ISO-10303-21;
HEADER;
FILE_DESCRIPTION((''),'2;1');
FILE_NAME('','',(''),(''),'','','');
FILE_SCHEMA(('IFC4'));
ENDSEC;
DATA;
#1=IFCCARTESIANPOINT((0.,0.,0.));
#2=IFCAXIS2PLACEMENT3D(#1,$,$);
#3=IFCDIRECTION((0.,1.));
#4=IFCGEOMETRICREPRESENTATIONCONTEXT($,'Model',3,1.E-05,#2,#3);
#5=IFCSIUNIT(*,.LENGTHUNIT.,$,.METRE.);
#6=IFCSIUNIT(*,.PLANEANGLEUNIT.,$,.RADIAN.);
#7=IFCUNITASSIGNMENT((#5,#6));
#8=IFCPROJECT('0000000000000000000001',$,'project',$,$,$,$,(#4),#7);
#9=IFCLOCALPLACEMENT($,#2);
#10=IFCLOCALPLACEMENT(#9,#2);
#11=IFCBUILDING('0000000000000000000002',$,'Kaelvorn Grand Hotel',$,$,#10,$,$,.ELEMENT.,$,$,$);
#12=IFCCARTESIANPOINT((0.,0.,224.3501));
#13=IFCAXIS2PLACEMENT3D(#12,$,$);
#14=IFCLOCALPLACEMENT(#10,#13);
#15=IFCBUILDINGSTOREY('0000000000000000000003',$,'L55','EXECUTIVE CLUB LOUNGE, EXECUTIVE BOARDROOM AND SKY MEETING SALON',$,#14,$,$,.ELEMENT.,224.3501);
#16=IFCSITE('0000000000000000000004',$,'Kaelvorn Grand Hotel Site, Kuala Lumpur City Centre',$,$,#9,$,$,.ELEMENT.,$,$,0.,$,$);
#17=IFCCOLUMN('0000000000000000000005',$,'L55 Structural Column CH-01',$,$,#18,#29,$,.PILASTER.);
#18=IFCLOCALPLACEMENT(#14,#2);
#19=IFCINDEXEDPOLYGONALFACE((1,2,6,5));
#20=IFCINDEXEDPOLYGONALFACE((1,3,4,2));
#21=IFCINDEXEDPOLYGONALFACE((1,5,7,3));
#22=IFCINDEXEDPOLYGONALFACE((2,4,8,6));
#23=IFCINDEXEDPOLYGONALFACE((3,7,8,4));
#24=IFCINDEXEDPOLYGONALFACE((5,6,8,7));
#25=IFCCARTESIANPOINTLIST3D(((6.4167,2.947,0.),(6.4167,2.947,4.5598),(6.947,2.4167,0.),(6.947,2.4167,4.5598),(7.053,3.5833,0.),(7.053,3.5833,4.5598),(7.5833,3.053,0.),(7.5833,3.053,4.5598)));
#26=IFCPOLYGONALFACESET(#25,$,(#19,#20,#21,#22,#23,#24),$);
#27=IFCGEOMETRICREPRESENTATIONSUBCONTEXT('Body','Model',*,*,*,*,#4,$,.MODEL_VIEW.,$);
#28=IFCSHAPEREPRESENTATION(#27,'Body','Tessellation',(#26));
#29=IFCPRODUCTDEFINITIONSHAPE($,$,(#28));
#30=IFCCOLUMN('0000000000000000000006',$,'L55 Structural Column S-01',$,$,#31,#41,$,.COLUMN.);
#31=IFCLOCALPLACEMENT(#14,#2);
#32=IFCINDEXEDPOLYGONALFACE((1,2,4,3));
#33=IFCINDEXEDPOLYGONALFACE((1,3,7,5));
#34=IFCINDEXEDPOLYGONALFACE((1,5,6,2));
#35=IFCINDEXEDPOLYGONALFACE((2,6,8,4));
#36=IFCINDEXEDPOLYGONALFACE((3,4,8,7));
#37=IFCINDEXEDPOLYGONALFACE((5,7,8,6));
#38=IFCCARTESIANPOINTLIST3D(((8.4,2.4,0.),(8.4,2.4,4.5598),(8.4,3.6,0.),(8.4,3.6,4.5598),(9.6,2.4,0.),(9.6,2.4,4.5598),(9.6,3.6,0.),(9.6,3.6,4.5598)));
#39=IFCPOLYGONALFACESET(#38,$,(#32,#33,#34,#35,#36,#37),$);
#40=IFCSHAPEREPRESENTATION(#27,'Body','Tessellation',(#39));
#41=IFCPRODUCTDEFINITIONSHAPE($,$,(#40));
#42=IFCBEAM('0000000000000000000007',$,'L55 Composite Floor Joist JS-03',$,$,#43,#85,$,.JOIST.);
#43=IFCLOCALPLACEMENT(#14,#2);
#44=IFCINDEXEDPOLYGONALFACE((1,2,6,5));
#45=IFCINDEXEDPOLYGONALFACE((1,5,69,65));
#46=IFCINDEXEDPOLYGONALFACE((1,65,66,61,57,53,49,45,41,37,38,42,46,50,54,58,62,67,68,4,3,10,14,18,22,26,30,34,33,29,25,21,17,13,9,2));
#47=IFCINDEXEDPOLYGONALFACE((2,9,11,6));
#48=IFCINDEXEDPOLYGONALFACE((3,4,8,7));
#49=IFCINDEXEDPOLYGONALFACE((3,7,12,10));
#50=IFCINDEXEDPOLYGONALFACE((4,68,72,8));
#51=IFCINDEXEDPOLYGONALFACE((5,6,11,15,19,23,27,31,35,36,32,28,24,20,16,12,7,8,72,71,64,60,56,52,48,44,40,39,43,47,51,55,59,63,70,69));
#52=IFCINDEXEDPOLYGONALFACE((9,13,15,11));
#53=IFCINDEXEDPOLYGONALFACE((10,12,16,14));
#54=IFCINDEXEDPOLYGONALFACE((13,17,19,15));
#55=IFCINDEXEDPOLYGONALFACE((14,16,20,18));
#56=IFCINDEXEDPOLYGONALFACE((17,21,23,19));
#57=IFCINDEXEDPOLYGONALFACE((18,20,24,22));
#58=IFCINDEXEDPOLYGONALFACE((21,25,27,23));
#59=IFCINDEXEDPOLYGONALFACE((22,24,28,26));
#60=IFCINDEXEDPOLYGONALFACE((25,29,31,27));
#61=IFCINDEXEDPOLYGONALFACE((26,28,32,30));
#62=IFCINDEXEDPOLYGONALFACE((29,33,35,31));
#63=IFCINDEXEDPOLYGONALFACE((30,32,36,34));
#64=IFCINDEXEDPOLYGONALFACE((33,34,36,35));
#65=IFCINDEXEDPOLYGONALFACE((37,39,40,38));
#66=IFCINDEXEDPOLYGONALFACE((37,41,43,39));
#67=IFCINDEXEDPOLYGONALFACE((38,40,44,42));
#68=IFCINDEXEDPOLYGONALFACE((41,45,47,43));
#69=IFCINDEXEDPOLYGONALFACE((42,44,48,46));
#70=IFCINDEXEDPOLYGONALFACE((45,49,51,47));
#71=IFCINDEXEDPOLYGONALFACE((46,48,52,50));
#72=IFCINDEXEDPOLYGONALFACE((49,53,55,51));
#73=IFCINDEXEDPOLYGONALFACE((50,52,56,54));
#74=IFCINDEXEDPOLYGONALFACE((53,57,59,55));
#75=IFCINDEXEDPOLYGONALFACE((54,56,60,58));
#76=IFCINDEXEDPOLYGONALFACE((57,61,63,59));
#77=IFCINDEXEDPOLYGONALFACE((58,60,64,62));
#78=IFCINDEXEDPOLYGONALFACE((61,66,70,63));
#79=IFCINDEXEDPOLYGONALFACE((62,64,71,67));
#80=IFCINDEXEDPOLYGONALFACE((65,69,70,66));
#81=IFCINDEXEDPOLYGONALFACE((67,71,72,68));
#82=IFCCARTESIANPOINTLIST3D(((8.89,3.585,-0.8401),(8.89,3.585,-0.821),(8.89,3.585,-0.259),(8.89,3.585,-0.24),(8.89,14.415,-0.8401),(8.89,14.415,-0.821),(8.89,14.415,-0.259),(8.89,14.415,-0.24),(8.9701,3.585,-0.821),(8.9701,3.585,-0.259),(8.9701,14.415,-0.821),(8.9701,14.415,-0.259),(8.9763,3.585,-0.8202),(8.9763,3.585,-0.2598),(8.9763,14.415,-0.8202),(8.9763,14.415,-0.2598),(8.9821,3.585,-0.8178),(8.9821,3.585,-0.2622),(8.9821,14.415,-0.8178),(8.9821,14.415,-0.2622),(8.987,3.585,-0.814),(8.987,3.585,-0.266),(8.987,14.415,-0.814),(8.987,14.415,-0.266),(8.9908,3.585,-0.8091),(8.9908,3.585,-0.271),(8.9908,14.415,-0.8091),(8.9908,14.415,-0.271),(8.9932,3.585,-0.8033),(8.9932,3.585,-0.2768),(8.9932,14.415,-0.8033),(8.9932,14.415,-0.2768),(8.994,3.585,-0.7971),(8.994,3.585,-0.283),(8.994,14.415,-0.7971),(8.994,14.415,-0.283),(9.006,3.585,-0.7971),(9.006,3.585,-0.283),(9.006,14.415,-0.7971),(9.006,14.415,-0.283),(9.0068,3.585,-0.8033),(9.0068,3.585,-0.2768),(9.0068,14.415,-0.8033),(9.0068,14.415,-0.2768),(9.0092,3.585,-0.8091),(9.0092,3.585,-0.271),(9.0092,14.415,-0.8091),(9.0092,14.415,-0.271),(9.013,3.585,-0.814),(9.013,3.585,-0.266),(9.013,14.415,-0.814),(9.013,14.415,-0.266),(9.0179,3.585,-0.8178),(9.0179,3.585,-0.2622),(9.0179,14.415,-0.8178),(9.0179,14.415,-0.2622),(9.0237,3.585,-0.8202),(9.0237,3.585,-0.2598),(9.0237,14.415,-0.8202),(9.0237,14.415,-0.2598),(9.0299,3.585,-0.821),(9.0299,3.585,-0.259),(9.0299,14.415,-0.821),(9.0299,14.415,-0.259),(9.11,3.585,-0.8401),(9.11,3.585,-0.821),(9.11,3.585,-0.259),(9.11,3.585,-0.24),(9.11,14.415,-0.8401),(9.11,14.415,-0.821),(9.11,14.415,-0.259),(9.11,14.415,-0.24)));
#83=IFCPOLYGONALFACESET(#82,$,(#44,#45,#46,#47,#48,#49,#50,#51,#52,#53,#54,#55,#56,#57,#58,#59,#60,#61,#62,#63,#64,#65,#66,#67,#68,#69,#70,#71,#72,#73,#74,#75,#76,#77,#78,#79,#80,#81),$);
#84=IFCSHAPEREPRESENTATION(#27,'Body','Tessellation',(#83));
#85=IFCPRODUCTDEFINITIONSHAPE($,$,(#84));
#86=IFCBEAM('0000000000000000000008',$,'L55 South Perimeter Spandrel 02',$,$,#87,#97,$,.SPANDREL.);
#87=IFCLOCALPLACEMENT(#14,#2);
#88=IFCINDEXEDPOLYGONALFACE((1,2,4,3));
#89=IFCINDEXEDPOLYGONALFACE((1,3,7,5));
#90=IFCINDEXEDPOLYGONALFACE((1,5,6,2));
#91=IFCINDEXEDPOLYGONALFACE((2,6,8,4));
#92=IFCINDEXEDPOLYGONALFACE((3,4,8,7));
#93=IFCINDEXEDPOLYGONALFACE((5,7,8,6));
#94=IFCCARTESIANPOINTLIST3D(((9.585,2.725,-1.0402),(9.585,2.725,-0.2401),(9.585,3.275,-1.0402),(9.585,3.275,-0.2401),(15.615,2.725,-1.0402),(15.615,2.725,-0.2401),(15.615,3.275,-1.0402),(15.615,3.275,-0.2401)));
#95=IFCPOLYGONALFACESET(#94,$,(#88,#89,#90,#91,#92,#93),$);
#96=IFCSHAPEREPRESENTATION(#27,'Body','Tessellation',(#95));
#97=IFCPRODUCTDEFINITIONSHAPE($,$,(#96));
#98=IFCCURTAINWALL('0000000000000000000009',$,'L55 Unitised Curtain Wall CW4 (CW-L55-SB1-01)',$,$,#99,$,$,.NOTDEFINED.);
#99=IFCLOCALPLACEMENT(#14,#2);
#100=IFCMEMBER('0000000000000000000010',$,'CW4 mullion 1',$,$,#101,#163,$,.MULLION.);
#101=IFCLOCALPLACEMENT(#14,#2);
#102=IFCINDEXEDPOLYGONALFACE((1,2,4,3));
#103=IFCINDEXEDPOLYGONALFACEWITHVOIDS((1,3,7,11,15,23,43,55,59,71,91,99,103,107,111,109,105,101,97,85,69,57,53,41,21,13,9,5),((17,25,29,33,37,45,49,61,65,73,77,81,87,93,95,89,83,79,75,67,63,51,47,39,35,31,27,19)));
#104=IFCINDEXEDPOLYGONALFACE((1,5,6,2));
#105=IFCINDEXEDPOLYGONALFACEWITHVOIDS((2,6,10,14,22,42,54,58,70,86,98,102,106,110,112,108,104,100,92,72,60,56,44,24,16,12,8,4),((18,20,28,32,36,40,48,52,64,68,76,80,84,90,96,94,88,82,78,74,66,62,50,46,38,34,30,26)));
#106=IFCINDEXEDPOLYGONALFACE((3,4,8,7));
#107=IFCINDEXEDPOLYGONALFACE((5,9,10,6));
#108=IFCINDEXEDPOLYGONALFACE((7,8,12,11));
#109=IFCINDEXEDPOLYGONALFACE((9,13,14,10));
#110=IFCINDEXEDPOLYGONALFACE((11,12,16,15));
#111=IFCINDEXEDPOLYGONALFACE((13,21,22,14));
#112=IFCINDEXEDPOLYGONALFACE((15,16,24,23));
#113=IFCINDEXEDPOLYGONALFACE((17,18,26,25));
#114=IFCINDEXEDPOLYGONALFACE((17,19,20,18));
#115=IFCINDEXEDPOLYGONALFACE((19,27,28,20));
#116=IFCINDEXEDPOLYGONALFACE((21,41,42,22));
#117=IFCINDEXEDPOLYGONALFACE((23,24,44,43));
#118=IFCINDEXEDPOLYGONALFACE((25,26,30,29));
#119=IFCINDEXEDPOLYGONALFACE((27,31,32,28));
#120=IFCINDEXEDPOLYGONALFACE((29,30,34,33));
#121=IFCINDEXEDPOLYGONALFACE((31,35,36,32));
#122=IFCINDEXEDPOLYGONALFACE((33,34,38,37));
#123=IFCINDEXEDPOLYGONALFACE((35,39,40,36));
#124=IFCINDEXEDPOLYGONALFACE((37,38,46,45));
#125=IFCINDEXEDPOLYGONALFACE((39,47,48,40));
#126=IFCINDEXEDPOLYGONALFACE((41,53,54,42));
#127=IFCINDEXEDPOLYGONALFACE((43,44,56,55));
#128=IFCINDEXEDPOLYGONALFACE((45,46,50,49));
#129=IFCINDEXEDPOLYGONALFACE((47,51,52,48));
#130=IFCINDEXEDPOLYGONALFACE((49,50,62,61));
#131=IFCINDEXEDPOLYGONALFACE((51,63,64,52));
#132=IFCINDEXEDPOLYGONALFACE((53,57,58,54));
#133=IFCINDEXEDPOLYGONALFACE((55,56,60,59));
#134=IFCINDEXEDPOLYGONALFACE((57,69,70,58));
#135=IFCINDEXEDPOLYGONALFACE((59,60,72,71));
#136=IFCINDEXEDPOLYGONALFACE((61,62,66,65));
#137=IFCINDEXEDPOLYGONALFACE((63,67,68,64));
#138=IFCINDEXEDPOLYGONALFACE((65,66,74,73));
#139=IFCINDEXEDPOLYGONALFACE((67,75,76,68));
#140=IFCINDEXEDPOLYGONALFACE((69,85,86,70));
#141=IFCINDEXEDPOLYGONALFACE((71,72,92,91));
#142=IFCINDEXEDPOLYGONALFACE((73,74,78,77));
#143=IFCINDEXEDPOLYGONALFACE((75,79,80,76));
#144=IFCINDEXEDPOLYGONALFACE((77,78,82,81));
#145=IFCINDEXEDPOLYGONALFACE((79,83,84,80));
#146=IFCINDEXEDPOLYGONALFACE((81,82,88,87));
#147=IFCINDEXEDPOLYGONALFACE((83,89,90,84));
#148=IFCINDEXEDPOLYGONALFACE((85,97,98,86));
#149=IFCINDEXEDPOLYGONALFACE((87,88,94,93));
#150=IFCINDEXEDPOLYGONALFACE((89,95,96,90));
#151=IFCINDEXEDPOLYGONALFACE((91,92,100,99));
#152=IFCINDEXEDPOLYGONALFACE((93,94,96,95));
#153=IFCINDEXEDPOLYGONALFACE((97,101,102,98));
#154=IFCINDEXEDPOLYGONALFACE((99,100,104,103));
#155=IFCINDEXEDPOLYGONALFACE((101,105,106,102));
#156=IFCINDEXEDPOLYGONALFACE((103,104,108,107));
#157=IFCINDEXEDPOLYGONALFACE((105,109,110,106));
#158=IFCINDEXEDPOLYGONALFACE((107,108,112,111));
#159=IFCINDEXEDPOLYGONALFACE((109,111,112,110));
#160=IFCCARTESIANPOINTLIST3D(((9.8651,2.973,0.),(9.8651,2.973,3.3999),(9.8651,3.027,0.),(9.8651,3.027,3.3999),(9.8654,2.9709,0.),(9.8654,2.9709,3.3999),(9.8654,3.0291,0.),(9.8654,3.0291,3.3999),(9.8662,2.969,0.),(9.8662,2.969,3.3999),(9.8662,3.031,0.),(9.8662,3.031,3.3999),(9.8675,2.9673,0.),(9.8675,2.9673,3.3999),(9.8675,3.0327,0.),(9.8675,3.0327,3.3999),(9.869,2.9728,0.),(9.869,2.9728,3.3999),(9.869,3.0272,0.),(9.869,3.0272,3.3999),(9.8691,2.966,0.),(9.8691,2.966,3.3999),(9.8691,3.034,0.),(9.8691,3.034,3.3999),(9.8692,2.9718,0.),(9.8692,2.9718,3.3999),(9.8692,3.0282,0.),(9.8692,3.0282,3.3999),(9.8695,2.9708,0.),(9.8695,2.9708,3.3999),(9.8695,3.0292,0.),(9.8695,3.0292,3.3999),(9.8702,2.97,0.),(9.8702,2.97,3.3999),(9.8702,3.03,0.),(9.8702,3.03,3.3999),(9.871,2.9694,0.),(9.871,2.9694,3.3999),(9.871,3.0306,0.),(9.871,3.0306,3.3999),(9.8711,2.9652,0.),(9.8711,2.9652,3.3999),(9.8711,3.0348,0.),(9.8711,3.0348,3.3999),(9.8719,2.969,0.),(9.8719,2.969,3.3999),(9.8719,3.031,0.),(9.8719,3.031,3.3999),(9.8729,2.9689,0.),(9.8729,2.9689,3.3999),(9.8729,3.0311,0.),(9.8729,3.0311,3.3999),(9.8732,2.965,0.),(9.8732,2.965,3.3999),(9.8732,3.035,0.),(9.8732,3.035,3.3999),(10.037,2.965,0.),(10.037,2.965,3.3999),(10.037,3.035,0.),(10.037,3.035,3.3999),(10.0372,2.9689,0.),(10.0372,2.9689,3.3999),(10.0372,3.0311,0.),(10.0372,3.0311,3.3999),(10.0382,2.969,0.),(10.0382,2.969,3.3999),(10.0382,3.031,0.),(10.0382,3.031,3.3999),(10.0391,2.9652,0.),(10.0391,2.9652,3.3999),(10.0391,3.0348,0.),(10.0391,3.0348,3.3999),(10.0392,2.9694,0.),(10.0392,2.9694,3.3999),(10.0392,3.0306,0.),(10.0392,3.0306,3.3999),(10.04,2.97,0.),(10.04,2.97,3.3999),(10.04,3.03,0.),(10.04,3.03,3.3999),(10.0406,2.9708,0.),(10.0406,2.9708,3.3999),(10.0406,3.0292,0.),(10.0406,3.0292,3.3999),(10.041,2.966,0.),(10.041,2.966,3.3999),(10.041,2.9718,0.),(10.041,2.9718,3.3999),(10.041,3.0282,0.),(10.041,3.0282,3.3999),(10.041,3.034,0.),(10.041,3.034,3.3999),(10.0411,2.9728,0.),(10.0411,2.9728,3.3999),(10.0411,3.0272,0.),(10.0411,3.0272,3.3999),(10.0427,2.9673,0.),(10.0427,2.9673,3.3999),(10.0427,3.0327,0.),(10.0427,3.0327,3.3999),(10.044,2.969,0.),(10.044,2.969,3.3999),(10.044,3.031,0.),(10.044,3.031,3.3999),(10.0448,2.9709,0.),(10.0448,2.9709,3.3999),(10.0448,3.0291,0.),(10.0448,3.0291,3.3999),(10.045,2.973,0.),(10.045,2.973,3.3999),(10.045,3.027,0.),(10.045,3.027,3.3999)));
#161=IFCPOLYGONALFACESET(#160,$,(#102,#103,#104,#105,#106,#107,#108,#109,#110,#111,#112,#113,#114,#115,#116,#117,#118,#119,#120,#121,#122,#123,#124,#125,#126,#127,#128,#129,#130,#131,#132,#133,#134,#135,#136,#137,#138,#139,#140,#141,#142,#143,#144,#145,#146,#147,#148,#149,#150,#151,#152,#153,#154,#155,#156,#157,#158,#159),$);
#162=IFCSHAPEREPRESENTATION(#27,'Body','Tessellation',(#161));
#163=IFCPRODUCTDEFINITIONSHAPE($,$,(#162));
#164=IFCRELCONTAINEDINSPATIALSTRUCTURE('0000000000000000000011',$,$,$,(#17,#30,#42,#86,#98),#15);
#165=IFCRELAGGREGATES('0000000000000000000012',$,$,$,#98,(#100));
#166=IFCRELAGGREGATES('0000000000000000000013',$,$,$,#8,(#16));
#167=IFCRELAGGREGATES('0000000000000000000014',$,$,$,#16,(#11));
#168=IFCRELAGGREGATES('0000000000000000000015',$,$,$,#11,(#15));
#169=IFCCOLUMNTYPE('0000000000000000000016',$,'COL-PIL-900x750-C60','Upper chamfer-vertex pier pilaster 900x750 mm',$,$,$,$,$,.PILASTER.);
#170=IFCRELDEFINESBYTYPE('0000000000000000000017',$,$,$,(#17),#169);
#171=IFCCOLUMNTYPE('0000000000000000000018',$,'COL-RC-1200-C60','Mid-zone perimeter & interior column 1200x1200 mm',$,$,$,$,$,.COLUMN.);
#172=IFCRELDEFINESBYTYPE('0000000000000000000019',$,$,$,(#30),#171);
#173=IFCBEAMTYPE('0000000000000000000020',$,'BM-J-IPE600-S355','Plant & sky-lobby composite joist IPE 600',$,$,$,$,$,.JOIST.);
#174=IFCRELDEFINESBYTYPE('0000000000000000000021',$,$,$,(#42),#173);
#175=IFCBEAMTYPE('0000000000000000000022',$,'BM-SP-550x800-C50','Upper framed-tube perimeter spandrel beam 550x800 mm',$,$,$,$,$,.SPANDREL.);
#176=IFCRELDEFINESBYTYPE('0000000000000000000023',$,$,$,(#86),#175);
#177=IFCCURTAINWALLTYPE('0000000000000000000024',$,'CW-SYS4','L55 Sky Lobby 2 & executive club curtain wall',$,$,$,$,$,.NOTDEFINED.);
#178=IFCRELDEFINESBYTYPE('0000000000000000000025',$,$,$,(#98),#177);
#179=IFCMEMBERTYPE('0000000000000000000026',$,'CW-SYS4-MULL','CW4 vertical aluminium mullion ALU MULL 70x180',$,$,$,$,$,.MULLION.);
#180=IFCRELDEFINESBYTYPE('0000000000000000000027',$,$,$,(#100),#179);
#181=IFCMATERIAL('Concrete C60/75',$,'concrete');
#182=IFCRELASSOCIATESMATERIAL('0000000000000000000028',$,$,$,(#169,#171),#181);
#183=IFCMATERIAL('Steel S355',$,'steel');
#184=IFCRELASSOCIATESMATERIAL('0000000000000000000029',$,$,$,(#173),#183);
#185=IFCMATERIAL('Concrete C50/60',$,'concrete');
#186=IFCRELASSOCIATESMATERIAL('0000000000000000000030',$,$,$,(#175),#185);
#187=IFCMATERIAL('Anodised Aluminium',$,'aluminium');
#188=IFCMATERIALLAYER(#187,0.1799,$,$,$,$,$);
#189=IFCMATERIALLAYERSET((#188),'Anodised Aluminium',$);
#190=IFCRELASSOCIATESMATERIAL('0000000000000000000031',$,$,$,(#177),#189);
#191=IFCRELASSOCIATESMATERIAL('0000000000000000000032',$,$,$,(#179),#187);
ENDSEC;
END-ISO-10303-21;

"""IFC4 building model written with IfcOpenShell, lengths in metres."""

from ifc_helpers import new_model, si_unit, direction, frame, origin, origin_2d, place, context, subcontext, project, spatial, rectangle, hollow_rectangle, i_section, extrude, material, layer, layer_set, material_profile, profile_set, type_object, element, aggregate, save


model = new_model("IFC4")

# Units and contexts
model_context = context("Model", 3, precision=1e-05, world=origin(), true_north=direction((0.0, 1.0)))
body_context = subcontext(model_context, "Body", "Model", "MODEL_VIEW")
ifc_project = project(units=[si_unit("LENGTHUNIT", "METRE"), si_unit("PLANEANGLEUNIT", "RADIAN")], contexts=[model_context])

# Site, building, storey
site_placement = place(None, origin())
site = spatial("IfcSite", under=ifc_project, at=site_placement, Name="Kaelvorn Grand Hotel Site, Kuala Lumpur City Centre", CompositionType="ELEMENT", RefElevation=0.0)
building_placement = place(site_placement, origin())
building = spatial("IfcBuilding", under=site, at=building_placement, Name="Kaelvorn Grand Hotel", CompositionType="ELEMENT")
storey_placement = place(building_placement, frame((0.0, 0.0, 224.3501)))
storey = spatial("IfcBuildingStorey", under=building, at=storey_placement, Name="L55", Description="EXECUTIVE CLUB LOUNGE, EXECUTIVE BOARDROOM AND SKY MEETING SALON", CompositionType="ELEMENT", Elevation=224.3501)

# Columns
ifc_material_1 = material(Name="Concrete C60/75", Category="concrete")
ifc_material_profile_1 = material_profile(ifc_material_1, rectangle(XDim=0.8999, YDim=0.75, at=origin_2d()), Name="RC PILASTER 900x750")
ifc_profile_set_1 = profile_set([ifc_material_profile_1], Name="Concrete C60/75")
column_type_1 = type_object("IfcColumnType", Name="COL-PIL-900x750-C60", Description="Upper chamfer-vertex pier pilaster 900x750 mm", PredefinedType="PILASTER", material=ifc_profile_set_1)
column_1_placement = place(storey_placement, frame((7.0, 3.0, 0.0), z_axis=(0.0, 0.0, 1.0), x_axis=(0.707107, 0.707107, 0.0)))
element("IfcColumn", 1, at=column_1_placement, inside=storey, type_object=column_type_1, Name="L55 Structural Column CH-01", PredefinedType="PILASTER", context=body_context, shape_type="SweptSolid", body=[
    extrude(rectangle(XDim=0.8999, YDim=0.75, at=origin_2d()), origin(), (0.0, 0.0, 1.0), 4.5598),
])
ifc_material_profile_2 = material_profile(ifc_material_1, rectangle(XDim=1.2, YDim=1.2, at=origin_2d()), Name="RC COL 1200x1200")
ifc_profile_set_2 = profile_set([ifc_material_profile_2], Name="Concrete C60/75")
column_type_2 = type_object("IfcColumnType", Name="COL-RC-1200-C60", Description="Mid-zone perimeter & interior column 1200x1200 mm", PredefinedType="COLUMN", material=ifc_profile_set_2)
column_2_placement = place(storey_placement, frame((9.0, 3.0, 0.0), z_axis=(0.0, 0.0, 1.0), x_axis=(1.0, 0.0, 0.0)))
element("IfcColumn", 2, at=column_2_placement, inside=storey, type_object=column_type_2, Name="L55 Structural Column S-01", PredefinedType="COLUMN", context=body_context, shape_type="SweptSolid", body=[
    extrude(rectangle(XDim=1.2, YDim=1.2, at=origin_2d()), origin(), (0.0, 0.0, 1.0), 4.5598),
])

# Beams
ifc_material_2 = material(Name="Steel S355", Category="steel")
ifc_material_profile_3 = material_profile(ifc_material_2, i_section(OverallWidth=0.22, OverallDepth=0.6001, WebThickness=0.012, FlangeThickness=0.019, FilletRadius=0.0239, at=origin_2d()), Name="IPE 600")
ifc_profile_set_3 = profile_set([ifc_material_profile_3], Name="Steel S355")
beam_type_1 = type_object("IfcBeamType", Name="BM-J-IPE600-S355", Description="Plant & sky-lobby composite joist IPE 600", PredefinedType="JOIST", material=ifc_profile_set_3)
beam_1_placement = place(storey_placement, frame((9.0, 3.585, -0.54), z_axis=(0.0, 1.0, 0.0), x_axis=(-1.0, 0.0, 0.0)))
element("IfcBeam", 3, at=beam_1_placement, inside=storey, type_object=beam_type_1, Name="L55 Composite Floor Joist JS-03", PredefinedType="JOIST", context=body_context, shape_type="SweptSolid", body=[
    extrude(i_section(OverallWidth=0.22, OverallDepth=0.6001, WebThickness=0.012, FlangeThickness=0.019, FilletRadius=0.0239, at=origin_2d()), origin(), (0.0, 0.0, 1.0), 10.8301),
])
ifc_material_3 = material(Name="Concrete C50/60", Category="concrete")
ifc_material_profile_4 = material_profile(ifc_material_3, rectangle(XDim=0.55, YDim=0.8, at=origin_2d()), Name="RC SPANDREL 550x800")
ifc_profile_set_4 = profile_set([ifc_material_profile_4], Name="Concrete C50/60")
beam_type_2 = type_object("IfcBeamType", Name="BM-SP-550x800-C50", Description="Upper framed-tube perimeter spandrel beam 550x800 mm", PredefinedType="SPANDREL", material=ifc_profile_set_4)
beam_2_placement = place(storey_placement, frame((9.585, 3.0, -0.6401), z_axis=(1.0, 0.0, 0.0), x_axis=(0.0, 1.0, 0.0)))
element("IfcBeam", 4, at=beam_2_placement, inside=storey, type_object=beam_type_2, Name="L55 South Perimeter Spandrel 02", PredefinedType="SPANDREL", context=body_context, shape_type="SweptSolid", body=[
    extrude(rectangle(XDim=0.55, YDim=0.8, at=origin_2d()), origin(), (0.0, 0.0, 1.0), 6.03),
])

# Curtain wall, member
ifc_material_4 = material(Name="Anodised Aluminium", Category="aluminium")
ifc_layer_1 = layer(ifc_material_4, 0.1799)
ifc_layer_set_1 = layer_set([ifc_layer_1], Name="Anodised Aluminium")
curtain_wall_type = type_object("IfcCurtainWallType", Name="CW-SYS4", Description="L55 Sky Lobby 2 & executive club curtain wall", PredefinedType="NOTDEFINED", material=ifc_layer_set_1)
curtain_wall_placement = place(storey_placement, origin())
curtain_wall = element("IfcCurtainWall", 5, at=curtain_wall_placement, inside=storey, type_object=curtain_wall_type, Name="L55 Unitised Curtain Wall CW4 (CW-L55-SB1-01)", PredefinedType="NOTDEFINED")
ifc_material_profile_5 = material_profile(ifc_material_4, hollow_rectangle(XDim=0.0701, YDim=0.1799, WallThickness=0.0039, InnerFilletRadius=0.0039, OuterFilletRadius=0.0081, at=origin_2d()), Name="ALU MULL 70x180")
ifc_profile_set_5 = profile_set([ifc_material_profile_5], Name="Anodised Aluminium")
member_type_1 = type_object("IfcMemberType", Name="CW-SYS4-MULL", Description="CW4 vertical aluminium mullion ALU MULL 70x180", PredefinedType="MULLION", material=ifc_profile_set_5)
member_1_placement = place(storey_placement, frame((9.9551, 3.0, 0.0), z_axis=(0.0, 0.0, 1.0), x_axis=(0.0, 1.0, 0.0)))
member_1 = element("IfcMember", 6, at=member_1_placement, type_object=member_type_1, Name="CW4 mullion 1", PredefinedType="MULLION", context=body_context, shape_type="SweptSolid", body=[
    extrude(hollow_rectangle(XDim=0.0701, YDim=0.1799, WallThickness=0.0039, InnerFilletRadius=0.0039, OuterFilletRadius=0.0081, at=origin_2d()), origin(), (0.0, 0.0, 1.0), 3.3999),
])
aggregate(curtain_wall, [member_1])

save(model, "model.ifc")
